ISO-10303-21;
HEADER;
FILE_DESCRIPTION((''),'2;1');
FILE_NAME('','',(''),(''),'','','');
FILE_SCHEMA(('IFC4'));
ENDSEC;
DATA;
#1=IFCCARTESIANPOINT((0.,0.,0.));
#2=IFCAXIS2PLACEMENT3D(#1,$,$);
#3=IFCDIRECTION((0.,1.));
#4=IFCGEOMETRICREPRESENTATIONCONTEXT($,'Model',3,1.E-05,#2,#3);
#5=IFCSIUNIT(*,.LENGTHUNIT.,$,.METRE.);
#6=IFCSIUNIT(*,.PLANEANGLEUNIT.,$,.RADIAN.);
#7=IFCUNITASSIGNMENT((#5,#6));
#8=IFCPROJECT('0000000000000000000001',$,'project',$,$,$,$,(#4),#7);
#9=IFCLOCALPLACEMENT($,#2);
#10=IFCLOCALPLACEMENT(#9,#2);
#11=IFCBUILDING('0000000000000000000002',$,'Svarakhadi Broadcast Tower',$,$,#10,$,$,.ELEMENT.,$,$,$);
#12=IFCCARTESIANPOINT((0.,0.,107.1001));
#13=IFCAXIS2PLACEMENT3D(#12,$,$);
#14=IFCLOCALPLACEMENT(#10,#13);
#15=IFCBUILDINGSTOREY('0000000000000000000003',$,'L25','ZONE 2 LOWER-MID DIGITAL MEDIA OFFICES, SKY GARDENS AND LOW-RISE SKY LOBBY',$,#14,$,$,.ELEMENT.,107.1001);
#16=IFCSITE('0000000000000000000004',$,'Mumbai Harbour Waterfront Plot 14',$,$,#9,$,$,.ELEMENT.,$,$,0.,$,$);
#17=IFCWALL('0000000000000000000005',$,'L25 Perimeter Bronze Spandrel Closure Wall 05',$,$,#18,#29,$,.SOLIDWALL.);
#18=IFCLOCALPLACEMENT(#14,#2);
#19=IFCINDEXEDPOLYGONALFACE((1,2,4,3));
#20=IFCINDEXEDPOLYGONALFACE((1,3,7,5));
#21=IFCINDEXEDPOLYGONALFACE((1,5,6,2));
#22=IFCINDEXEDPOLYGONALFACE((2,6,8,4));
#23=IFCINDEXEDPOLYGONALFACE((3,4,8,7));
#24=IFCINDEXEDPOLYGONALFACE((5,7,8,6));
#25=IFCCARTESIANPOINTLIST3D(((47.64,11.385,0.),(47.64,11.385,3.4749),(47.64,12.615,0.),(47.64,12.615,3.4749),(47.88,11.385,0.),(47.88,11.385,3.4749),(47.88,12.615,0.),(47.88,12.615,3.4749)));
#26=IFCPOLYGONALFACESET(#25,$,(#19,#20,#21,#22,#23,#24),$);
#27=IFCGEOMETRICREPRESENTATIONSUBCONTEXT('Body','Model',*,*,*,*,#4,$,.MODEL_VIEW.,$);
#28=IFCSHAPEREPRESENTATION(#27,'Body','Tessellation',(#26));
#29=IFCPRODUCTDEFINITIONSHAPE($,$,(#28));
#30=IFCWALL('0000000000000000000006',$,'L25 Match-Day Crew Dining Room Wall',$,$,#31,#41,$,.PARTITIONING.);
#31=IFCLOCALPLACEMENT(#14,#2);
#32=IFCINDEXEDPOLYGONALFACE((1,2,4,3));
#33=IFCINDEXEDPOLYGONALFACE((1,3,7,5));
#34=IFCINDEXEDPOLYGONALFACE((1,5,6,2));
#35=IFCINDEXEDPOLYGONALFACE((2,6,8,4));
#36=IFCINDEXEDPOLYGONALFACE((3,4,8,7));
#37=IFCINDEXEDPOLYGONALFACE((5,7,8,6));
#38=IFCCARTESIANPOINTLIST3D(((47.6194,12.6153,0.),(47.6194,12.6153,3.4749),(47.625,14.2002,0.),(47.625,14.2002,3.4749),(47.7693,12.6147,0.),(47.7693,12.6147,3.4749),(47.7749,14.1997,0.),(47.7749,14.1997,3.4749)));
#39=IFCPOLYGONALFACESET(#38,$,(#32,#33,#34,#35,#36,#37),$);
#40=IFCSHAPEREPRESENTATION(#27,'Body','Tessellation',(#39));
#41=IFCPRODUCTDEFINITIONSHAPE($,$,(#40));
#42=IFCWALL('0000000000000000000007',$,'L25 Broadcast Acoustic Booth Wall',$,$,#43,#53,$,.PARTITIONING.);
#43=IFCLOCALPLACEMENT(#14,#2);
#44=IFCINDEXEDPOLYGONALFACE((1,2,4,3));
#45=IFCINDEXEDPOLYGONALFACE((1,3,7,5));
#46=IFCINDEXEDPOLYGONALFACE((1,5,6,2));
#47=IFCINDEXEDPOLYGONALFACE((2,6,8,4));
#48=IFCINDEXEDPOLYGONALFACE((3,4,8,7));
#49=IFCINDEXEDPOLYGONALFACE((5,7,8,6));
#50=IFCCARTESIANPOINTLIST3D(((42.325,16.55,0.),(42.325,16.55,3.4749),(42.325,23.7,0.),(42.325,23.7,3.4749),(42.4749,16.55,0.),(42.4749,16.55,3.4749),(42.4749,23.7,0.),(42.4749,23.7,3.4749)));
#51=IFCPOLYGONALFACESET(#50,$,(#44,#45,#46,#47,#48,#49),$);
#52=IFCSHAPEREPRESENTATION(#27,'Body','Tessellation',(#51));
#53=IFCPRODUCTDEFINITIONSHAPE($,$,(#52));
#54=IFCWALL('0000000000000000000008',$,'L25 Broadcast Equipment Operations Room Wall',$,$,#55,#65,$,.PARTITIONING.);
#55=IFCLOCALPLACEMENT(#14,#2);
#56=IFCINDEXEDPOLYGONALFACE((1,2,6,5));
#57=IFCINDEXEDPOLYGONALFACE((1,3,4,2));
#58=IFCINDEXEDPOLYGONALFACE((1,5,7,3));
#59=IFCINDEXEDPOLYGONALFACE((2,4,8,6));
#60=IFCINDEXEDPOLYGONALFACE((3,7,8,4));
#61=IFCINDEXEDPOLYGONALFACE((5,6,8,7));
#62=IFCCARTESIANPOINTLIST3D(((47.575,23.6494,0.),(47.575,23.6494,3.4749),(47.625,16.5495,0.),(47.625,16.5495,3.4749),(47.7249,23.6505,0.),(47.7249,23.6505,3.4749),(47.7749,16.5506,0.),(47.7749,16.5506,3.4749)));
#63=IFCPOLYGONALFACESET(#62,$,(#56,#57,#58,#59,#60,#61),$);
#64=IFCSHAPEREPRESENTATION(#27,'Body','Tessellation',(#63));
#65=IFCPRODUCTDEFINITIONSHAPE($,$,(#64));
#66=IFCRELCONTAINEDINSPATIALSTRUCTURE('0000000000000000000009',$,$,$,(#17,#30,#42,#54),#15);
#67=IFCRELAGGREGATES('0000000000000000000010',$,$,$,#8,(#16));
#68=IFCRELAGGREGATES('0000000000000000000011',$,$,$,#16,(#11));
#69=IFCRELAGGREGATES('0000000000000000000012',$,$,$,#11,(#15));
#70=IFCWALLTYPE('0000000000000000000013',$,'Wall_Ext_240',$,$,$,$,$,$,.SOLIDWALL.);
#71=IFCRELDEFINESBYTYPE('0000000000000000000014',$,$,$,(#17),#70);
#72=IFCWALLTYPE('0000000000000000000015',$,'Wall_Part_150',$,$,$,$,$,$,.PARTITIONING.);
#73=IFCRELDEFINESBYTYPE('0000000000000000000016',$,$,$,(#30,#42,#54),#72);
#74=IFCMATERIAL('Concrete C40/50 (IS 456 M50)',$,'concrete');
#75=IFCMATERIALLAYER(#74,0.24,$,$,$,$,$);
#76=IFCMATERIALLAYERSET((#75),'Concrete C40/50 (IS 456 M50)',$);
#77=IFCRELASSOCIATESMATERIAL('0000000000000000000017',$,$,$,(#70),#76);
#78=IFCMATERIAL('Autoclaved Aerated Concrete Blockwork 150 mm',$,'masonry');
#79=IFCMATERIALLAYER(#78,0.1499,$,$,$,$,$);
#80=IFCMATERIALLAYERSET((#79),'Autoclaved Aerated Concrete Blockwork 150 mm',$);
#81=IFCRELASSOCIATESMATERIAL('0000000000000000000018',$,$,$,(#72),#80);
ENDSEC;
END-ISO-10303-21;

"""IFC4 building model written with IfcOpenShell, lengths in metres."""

from ifc_helpers import new_model, si_unit, direction, frame, frame_2d, origin, place, context, subcontext, project, spatial, rectangle, extrude, material, layer, layer_set, type_object, element, save


model = new_model("IFC4")

# Units and contexts
model_context = context("Model", 3, precision=1e-05, world=origin(), true_north=direction((0.0, 1.0)))
body_context = subcontext(model_context, "Body", "Model", "MODEL_VIEW")
ifc_project = project(units=[si_unit("LENGTHUNIT", "METRE"), si_unit("PLANEANGLEUNIT", "RADIAN")], contexts=[model_context])

# Site, building, storey
site_placement = place(None, origin())
site = spatial("IfcSite", under=ifc_project, at=site_placement, Name="Mumbai Harbour Waterfront Plot 14", CompositionType="ELEMENT", RefElevation=0.0)
building_placement = place(site_placement, origin())
building = spatial("IfcBuilding", under=site, at=building_placement, Name="Svarakhadi Broadcast Tower", CompositionType="ELEMENT")
storey_placement = place(building_placement, frame((0.0, 0.0, 107.1001)))
storey = spatial("IfcBuildingStorey", under=building, at=storey_placement, Name="L25", Description="ZONE 2 LOWER-MID DIGITAL MEDIA OFFICES, SKY GARDENS AND LOW-RISE SKY LOBBY", CompositionType="ELEMENT", Elevation=107.1001)

# Walls
ifc_material_1 = material(Name="Concrete C40/50 (IS 456 M50)", Category="concrete")
ifc_layer_1 = layer(ifc_material_1, 0.24)
ifc_layer_set_1 = layer_set([ifc_layer_1], Name="Concrete C40/50 (IS 456 M50)")
wall_type_1 = type_object("IfcWallType", Name="Wall_Ext_240", PredefinedType="SOLIDWALL", material=ifc_layer_set_1)
wall_1_placement = place(storey_placement, frame((47.76, 12.615, 0.0), z_axis=(0.0, 0.0, 1.0), x_axis=(0.0, -1.0, 0.0)))
element("IfcWall", 1, at=wall_1_placement, inside=storey, type_object=wall_type_1, Name="L25 Perimeter Bronze Spandrel Closure Wall 05", PredefinedType="SOLIDWALL", context=body_context, shape_type="SweptSolid", body=[
    extrude(rectangle(XDim=1.23, YDim=0.24, at=frame_2d((0.615, 0.0))), origin(), (0.0, 0.0, 1.0), 3.4749),
])
ifc_material_2 = material(Name="Autoclaved Aerated Concrete Blockwork 150 mm", Category="masonry")
ifc_layer_2 = layer(ifc_material_2, 0.1499)
ifc_layer_set_2 = layer_set([ifc_layer_2], Name="Autoclaved Aerated Concrete Blockwork 150 mm")
wall_type_2 = type_object("IfcWallType", Name="Wall_Part_150", PredefinedType="PARTITIONING", material=ifc_layer_set_2)
wall_2_placement = place(storey_placement, frame((47.6943, 12.615, 0.0), z_axis=(0.0, 0.0, 1.0), x_axis=(0.003543, 0.999994, 0.0)))
element("IfcWall", 2, at=wall_2_placement, inside=storey, type_object=wall_type_2, Name="L25 Match-Day Crew Dining Room Wall", PredefinedType="PARTITIONING", context=body_context, shape_type="SweptSolid", body=[
    extrude(rectangle(XDim=1.585, YDim=0.1499, at=frame_2d((0.7925, 0.0))), origin(), (0.0, 0.0, 1.0), 3.4749),
])
wall_3_placement = place(storey_placement, frame((42.3999, 16.55, 0.0), z_axis=(0.0, 0.0, 1.0), x_axis=(0.0, 1.0, 0.0)))
element("IfcWall", 3, at=wall_3_placement, inside=storey, type_object=wall_type_2, Name="L25 Broadcast Acoustic Booth Wall", PredefinedType="PARTITIONING", context=body_context, shape_type="SweptSolid", body=[
    extrude(rectangle(XDim=7.1499, YDim=0.1499, at=frame_2d((3.575, 0.0))), origin(), (0.0, 0.0, 1.0), 3.4749),
])
wall_4_placement = place(storey_placement, frame((47.7, 16.55, 0.0), z_axis=(0.0, 0.0, 1.0), x_axis=(-0.007049, 0.999975, 0.0)))
element("IfcWall", 4, at=wall_4_placement, inside=storey, type_object=wall_type_2, Name="L25 Broadcast Equipment Operations Room Wall", PredefinedType="PARTITIONING", context=body_context, shape_type="SweptSolid", body=[
    extrude(rectangle(XDim=7.1001, YDim=0.1499, at=frame_2d((3.55, 0.0))), origin(), (0.0, 0.0, 1.0), 3.4749),
])

save(model, "model.ifc")
